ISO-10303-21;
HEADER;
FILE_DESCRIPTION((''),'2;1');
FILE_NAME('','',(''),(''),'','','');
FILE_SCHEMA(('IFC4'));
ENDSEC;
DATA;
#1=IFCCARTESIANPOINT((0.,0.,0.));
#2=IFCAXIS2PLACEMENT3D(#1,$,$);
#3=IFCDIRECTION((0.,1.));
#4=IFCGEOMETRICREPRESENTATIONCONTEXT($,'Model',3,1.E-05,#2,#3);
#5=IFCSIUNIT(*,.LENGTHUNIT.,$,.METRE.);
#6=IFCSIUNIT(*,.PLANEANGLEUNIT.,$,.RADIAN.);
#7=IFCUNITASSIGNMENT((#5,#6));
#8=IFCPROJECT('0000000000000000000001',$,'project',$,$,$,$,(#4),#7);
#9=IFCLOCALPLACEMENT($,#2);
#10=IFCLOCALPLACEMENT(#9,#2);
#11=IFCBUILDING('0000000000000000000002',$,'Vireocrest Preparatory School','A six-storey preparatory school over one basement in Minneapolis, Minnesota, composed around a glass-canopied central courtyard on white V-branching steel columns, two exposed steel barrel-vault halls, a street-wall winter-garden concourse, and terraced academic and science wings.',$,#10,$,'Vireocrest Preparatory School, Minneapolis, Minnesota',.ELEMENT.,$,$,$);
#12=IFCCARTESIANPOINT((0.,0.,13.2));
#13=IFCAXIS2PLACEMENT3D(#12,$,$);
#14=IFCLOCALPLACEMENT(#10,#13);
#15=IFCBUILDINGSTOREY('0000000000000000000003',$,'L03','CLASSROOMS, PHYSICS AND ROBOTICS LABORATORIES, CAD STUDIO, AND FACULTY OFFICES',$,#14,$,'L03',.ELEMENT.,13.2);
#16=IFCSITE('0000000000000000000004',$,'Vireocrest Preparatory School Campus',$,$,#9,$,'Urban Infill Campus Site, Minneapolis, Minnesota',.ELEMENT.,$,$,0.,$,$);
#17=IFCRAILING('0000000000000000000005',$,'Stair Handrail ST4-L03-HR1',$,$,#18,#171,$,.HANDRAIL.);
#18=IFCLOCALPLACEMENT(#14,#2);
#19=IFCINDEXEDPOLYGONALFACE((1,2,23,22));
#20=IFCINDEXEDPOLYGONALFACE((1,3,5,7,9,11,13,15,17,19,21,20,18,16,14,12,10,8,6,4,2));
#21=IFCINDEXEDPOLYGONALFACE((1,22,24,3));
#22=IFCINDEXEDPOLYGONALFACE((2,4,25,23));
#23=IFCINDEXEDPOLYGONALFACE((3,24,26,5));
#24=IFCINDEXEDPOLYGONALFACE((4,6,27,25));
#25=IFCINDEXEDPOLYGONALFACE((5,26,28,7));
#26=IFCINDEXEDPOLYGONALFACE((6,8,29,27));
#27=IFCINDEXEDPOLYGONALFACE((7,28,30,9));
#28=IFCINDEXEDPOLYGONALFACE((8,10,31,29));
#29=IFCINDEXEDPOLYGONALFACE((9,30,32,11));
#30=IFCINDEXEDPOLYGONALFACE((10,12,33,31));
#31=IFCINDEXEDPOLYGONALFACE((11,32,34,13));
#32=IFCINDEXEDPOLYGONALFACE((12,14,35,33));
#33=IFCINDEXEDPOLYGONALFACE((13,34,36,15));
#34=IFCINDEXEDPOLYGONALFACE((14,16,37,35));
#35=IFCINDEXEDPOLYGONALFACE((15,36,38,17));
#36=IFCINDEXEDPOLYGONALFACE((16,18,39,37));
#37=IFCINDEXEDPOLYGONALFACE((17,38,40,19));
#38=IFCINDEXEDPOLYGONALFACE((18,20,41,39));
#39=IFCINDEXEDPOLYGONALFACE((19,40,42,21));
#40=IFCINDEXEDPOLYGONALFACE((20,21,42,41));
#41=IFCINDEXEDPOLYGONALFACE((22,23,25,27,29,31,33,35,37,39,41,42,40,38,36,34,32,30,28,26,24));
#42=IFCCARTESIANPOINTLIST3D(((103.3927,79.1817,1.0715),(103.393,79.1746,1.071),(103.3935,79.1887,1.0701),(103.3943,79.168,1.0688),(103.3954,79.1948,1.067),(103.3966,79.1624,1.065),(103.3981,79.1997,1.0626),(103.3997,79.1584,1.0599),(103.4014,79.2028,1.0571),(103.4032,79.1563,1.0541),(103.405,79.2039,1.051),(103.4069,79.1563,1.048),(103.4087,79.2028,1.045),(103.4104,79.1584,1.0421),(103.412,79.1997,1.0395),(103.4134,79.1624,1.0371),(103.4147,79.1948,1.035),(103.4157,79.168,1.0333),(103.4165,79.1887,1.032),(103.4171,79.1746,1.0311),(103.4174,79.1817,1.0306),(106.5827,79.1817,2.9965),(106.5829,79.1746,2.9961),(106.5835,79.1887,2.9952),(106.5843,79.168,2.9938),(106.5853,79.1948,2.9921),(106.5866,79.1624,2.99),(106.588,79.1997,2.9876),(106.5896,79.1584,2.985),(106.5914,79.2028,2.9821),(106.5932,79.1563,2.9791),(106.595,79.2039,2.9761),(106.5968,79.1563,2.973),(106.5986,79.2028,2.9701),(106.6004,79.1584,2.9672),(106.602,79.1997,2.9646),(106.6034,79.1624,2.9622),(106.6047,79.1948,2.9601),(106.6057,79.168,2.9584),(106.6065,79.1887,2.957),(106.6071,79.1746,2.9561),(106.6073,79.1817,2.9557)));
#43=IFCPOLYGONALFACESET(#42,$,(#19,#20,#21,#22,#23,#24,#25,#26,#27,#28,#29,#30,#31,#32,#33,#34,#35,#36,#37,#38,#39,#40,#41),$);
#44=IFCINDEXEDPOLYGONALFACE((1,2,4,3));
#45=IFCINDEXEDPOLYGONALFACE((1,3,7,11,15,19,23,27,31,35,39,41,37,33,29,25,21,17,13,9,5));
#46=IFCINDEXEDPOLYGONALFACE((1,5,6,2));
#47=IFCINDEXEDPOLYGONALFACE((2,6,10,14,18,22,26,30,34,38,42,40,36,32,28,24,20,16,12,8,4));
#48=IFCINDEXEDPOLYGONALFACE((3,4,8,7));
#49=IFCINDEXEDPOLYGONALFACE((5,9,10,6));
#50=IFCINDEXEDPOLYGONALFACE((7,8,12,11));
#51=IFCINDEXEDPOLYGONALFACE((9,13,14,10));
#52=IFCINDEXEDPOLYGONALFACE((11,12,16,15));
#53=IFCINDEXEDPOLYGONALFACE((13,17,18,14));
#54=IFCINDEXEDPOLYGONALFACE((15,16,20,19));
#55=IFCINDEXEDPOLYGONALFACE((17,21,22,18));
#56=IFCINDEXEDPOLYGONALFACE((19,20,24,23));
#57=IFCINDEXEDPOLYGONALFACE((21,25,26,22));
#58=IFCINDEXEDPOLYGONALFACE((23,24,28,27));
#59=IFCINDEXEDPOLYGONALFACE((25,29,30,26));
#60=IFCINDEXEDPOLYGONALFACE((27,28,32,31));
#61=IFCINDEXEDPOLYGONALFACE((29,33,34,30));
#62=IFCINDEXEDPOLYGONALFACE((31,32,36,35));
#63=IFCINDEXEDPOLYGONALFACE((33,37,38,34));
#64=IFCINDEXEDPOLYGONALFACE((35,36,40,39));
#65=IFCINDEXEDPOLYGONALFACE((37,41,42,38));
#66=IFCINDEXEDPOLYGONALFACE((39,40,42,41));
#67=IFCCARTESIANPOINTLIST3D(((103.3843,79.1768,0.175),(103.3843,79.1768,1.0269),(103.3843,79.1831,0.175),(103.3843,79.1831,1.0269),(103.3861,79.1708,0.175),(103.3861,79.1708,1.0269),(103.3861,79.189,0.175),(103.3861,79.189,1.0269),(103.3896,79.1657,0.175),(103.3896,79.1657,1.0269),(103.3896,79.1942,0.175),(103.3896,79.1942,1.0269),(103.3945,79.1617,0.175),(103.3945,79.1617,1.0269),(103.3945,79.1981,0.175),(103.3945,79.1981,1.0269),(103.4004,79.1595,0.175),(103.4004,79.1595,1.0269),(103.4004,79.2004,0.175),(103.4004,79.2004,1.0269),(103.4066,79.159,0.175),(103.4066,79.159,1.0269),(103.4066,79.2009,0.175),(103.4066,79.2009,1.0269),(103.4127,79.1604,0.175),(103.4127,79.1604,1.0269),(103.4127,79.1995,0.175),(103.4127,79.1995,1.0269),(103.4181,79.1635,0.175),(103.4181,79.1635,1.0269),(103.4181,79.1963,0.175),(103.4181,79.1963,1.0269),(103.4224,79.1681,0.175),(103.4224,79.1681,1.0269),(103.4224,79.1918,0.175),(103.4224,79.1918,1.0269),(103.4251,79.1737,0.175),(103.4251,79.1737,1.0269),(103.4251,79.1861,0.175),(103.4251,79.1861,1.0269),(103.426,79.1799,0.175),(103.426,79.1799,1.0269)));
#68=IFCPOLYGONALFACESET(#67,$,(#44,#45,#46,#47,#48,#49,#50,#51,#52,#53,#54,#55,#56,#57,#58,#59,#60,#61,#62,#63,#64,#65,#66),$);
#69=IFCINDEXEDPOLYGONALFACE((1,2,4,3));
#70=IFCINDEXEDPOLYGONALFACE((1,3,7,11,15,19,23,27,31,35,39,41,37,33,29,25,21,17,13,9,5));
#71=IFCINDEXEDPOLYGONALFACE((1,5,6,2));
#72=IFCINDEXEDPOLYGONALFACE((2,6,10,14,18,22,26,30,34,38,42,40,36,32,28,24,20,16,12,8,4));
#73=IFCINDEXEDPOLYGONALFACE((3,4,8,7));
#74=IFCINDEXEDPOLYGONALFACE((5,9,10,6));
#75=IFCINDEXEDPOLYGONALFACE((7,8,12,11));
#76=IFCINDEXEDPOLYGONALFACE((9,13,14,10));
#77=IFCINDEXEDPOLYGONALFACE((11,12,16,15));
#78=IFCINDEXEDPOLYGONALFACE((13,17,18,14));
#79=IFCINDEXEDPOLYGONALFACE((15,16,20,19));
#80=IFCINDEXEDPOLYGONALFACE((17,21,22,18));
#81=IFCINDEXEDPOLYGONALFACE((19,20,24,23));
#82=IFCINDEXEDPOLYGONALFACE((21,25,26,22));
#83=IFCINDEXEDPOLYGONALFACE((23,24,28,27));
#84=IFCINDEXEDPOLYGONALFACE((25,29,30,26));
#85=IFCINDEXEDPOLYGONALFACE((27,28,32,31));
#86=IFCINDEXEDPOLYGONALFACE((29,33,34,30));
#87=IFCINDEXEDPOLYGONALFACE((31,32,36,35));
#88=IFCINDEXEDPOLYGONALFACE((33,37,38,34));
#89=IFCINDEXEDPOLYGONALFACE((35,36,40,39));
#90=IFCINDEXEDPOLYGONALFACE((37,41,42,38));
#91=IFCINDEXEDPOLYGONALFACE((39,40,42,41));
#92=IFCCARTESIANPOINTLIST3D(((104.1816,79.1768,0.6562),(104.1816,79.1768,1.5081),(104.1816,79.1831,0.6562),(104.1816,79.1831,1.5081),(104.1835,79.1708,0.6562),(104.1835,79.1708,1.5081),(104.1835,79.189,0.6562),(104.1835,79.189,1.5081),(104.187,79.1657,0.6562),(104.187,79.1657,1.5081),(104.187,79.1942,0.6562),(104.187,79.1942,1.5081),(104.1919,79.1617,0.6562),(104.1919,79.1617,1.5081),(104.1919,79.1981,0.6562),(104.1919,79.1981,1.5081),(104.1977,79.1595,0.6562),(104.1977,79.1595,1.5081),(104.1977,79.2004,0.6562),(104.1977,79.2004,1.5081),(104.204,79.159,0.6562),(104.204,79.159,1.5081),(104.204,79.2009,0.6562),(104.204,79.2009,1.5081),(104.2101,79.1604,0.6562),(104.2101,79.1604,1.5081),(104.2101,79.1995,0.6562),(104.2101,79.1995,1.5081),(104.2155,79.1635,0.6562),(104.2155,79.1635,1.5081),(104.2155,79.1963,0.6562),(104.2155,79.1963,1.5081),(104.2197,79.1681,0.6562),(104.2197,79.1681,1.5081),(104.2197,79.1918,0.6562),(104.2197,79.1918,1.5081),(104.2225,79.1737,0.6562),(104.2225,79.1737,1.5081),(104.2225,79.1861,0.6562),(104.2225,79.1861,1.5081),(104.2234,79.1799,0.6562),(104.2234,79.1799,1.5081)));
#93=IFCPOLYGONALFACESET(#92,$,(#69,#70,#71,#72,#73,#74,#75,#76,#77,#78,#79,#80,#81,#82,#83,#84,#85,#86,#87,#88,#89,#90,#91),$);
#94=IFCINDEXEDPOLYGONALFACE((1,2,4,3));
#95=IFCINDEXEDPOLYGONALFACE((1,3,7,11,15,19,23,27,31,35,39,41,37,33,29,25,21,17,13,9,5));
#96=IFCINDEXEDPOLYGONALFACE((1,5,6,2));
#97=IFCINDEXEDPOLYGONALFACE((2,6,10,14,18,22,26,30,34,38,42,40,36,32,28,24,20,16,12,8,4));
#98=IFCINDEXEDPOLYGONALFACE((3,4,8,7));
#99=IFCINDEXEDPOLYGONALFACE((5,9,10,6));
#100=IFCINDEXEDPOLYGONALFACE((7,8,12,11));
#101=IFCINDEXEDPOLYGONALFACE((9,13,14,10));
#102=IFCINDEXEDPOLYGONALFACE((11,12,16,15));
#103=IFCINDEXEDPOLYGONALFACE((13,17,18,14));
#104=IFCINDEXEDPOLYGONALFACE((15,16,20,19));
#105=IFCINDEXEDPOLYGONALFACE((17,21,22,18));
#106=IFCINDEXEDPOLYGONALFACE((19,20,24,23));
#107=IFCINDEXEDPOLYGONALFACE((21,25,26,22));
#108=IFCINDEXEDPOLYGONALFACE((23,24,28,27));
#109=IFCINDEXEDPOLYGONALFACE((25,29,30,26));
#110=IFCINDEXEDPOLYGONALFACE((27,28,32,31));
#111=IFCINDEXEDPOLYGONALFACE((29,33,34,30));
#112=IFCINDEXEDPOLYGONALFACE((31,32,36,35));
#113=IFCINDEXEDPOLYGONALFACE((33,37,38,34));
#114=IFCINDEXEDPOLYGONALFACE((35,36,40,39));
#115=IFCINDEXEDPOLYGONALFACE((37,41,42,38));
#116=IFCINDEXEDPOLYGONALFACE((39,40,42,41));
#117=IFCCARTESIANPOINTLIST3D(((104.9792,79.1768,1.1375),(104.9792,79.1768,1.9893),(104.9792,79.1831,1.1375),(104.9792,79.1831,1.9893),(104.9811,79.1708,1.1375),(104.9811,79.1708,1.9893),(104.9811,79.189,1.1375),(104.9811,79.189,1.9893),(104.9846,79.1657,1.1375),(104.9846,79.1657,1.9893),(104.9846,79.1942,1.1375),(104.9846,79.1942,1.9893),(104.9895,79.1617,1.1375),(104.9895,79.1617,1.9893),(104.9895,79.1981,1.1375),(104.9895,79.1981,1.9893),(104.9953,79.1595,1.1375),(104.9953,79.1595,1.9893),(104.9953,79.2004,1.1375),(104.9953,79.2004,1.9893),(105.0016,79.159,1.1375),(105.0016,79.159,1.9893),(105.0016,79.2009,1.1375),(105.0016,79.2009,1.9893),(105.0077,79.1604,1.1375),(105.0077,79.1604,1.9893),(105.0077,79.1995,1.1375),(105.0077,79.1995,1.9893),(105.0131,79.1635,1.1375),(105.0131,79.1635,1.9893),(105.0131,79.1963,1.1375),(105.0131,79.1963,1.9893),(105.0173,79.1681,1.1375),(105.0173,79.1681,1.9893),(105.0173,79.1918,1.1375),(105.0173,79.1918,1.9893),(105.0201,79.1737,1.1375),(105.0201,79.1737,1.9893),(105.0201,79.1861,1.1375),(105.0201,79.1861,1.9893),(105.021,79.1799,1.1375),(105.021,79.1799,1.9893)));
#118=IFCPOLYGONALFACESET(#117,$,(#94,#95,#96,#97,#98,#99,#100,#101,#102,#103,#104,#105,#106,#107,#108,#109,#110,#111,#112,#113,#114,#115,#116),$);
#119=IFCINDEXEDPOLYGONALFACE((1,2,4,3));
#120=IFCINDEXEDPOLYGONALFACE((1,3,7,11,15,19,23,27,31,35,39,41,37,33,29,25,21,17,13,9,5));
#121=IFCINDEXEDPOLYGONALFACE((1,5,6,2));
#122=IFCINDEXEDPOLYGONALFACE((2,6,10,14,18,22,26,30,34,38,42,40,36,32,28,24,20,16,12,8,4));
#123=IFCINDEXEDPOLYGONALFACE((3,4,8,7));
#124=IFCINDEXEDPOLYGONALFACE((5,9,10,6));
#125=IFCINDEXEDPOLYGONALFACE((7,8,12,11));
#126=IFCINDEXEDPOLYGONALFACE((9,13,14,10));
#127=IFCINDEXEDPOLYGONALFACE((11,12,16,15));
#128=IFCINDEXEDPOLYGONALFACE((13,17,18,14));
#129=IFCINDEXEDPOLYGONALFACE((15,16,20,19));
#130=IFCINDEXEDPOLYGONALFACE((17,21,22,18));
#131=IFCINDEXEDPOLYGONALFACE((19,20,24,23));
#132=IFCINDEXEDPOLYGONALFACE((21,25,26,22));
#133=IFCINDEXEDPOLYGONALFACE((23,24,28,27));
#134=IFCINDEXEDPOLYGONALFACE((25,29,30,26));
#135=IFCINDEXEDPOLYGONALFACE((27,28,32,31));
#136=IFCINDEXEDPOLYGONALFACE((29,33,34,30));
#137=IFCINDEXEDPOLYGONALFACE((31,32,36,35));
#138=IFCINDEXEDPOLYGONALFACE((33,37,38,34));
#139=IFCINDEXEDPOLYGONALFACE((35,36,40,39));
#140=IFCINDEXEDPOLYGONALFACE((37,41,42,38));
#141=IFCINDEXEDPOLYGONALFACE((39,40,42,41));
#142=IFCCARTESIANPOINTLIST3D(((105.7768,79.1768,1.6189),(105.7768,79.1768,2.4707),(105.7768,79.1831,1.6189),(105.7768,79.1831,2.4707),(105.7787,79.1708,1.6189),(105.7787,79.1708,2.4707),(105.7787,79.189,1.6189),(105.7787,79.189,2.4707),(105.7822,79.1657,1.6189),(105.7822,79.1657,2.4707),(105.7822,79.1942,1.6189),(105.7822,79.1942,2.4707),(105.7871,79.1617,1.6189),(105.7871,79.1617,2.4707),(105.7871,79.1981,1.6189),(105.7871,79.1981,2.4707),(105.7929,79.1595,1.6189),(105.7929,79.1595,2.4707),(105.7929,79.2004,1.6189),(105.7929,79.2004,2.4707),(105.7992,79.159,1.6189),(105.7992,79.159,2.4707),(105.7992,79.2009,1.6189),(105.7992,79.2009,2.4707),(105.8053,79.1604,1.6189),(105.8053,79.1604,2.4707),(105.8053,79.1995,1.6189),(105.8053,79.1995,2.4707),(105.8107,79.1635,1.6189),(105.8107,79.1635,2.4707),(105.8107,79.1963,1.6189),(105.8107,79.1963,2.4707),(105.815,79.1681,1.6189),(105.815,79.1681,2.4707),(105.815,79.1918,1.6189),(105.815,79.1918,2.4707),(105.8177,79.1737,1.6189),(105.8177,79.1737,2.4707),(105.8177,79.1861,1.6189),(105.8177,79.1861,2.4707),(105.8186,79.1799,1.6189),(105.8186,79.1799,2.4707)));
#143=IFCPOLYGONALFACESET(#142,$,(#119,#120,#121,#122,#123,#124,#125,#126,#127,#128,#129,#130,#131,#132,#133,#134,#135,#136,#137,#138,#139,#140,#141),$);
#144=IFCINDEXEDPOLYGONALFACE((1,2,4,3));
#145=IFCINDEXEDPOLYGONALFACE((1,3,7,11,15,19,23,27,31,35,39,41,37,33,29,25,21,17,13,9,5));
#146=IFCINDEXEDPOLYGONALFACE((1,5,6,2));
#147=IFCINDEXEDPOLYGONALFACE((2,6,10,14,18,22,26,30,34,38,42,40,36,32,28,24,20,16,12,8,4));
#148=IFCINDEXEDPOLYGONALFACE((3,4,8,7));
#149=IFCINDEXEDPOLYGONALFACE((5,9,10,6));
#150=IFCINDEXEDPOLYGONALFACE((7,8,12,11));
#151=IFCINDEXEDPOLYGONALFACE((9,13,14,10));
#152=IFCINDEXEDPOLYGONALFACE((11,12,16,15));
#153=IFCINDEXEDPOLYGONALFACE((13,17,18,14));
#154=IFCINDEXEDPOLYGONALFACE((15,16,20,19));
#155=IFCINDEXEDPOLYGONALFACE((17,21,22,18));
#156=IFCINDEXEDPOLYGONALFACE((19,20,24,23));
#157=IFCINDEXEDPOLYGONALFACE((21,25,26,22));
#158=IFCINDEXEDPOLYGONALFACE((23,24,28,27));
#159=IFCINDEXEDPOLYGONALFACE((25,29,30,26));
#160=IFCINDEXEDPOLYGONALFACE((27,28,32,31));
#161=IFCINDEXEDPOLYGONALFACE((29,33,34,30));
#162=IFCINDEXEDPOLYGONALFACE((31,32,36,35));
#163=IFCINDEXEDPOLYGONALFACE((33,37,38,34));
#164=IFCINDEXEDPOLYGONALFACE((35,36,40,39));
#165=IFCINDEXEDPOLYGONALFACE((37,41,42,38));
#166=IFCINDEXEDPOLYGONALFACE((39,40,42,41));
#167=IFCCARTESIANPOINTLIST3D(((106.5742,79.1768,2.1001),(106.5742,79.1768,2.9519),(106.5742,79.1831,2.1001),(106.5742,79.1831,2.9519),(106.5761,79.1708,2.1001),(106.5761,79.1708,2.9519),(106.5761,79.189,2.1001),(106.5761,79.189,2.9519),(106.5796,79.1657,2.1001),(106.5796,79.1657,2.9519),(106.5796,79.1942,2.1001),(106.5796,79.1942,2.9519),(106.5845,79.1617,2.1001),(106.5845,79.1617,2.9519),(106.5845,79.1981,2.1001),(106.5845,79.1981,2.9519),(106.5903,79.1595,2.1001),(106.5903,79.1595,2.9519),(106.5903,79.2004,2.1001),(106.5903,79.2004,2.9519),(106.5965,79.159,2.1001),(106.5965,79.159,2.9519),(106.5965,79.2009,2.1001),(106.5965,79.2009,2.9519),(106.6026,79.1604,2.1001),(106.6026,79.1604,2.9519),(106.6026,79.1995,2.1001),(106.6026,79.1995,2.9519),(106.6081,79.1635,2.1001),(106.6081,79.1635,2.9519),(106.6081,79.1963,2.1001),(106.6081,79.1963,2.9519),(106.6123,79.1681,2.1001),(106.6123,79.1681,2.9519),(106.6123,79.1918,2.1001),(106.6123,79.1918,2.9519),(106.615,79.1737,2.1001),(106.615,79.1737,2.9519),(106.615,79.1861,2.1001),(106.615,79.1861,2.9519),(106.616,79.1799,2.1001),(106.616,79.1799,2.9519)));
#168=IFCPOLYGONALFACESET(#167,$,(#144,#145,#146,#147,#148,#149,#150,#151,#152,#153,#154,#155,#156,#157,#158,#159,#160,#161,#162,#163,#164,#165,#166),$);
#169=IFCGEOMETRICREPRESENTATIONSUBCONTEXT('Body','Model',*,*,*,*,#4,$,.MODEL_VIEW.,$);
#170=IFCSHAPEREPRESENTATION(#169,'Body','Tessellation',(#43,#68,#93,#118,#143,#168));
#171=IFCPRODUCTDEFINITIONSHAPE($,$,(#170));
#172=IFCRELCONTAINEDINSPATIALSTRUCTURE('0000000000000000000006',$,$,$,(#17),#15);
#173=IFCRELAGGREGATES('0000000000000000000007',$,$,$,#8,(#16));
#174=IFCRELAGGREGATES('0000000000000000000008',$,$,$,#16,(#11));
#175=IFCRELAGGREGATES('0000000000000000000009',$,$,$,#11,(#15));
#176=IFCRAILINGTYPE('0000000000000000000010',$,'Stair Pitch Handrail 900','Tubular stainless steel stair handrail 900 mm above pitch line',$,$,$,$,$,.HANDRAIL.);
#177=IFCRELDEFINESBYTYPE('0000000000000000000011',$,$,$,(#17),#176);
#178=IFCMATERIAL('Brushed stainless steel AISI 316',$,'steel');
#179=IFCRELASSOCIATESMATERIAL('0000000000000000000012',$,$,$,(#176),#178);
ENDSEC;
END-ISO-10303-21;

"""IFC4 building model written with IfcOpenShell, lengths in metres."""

from ifc_helpers import new_model, si_unit, direction, frame, origin, origin_2d, place, context, subcontext, project, spatial, circle, extrude, material, type_object, element, save


model = new_model("IFC4")

# Units and contexts
model_context = context("Model", 3, precision=1e-05, world=origin(), true_north=direction((0.0, 1.0)))
body_context = subcontext(model_context, "Body", "Model", "MODEL_VIEW")
ifc_project = project(units=[si_unit("LENGTHUNIT", "METRE"), si_unit("PLANEANGLEUNIT", "RADIAN")], contexts=[model_context])

# Site, building, storey
site_placement = place(None, origin())
site = spatial("IfcSite", under=ifc_project, at=site_placement, Name="Vireocrest Preparatory School Campus", LongName="Urban Infill Campus Site, Minneapolis, Minnesota", CompositionType="ELEMENT", RefElevation=0.0)
building_placement = place(site_placement, origin())
building = spatial("IfcBuilding", under=site, at=building_placement, Name="Vireocrest Preparatory School", Description="A six-storey preparatory school over one basement in Minneapolis, Minnesota, composed around a glass-canopied central courtyard on white V-branching steel columns, two exposed steel barrel-vault halls, a street-wall winter-garden concourse, and terraced academic and science wings.", LongName="Vireocrest Preparatory School, Minneapolis, Minnesota", CompositionType="ELEMENT")
storey_placement = place(building_placement, frame((0.0, 0.0, 13.2)))
storey = spatial("IfcBuildingStorey", under=building, at=storey_placement, Name="L03", Description="CLASSROOMS, PHYSICS AND ROBOTICS LABORATORIES, CAD STUDIO, AND FACULTY OFFICES", LongName="L03", CompositionType="ELEMENT", Elevation=13.2)

# Railing
ifc_material_1 = material(Name="Brushed stainless steel AISI 316", Category="steel")
railing_type_1 = type_object("IfcRailingType", Name="Stair Pitch Handrail 900", Description="Tubular stainless steel stair handrail 900 mm above pitch line", PredefinedType="HANDRAIL", material=ifc_material_1)
railing_1_placement = place(storey_placement, frame((103.405, 79.1799, 0.175)))
element("IfcRailing", 1, at=railing_1_placement, inside=storey, type_object=railing_type_1, Name="Stair Handrail ST4-L03-HR1", PredefinedType="HANDRAIL", context=body_context, shape_type="SweptSolid", body=[
    extrude(circle(Radius=0.0239, at=origin_2d()), frame((0.0, 0.0, 0.876), z_axis=(0.856178, 0.0, 0.516682), x_axis=(0.0, 1.0, 0.0)), (0.0, 0.0, 1.0), 3.7258),
    extrude(circle(Radius=0.021, at=origin_2d()), origin(), (0.0, 0.0, 1.0), 0.8518),
    extrude(circle(Radius=0.021, at=origin_2d()), frame((0.7974, 0.0, 0.4812)), (0.0, 0.0, 1.0), 0.8518),
    extrude(circle(Radius=0.021, at=origin_2d()), frame((1.595, 0.0, 0.9624)), (0.0, 0.0, 1.0), 0.8518),
    extrude(circle(Radius=0.021, at=origin_2d()), frame((2.3926, 0.0, 1.4438)), (0.0, 0.0, 1.0), 0.8518),
    extrude(circle(Radius=0.021, at=origin_2d()), frame((3.1899, 0.0, 1.925)), (0.0, 0.0, 1.0), 0.8518),
])

save(model, "model.ifc")
